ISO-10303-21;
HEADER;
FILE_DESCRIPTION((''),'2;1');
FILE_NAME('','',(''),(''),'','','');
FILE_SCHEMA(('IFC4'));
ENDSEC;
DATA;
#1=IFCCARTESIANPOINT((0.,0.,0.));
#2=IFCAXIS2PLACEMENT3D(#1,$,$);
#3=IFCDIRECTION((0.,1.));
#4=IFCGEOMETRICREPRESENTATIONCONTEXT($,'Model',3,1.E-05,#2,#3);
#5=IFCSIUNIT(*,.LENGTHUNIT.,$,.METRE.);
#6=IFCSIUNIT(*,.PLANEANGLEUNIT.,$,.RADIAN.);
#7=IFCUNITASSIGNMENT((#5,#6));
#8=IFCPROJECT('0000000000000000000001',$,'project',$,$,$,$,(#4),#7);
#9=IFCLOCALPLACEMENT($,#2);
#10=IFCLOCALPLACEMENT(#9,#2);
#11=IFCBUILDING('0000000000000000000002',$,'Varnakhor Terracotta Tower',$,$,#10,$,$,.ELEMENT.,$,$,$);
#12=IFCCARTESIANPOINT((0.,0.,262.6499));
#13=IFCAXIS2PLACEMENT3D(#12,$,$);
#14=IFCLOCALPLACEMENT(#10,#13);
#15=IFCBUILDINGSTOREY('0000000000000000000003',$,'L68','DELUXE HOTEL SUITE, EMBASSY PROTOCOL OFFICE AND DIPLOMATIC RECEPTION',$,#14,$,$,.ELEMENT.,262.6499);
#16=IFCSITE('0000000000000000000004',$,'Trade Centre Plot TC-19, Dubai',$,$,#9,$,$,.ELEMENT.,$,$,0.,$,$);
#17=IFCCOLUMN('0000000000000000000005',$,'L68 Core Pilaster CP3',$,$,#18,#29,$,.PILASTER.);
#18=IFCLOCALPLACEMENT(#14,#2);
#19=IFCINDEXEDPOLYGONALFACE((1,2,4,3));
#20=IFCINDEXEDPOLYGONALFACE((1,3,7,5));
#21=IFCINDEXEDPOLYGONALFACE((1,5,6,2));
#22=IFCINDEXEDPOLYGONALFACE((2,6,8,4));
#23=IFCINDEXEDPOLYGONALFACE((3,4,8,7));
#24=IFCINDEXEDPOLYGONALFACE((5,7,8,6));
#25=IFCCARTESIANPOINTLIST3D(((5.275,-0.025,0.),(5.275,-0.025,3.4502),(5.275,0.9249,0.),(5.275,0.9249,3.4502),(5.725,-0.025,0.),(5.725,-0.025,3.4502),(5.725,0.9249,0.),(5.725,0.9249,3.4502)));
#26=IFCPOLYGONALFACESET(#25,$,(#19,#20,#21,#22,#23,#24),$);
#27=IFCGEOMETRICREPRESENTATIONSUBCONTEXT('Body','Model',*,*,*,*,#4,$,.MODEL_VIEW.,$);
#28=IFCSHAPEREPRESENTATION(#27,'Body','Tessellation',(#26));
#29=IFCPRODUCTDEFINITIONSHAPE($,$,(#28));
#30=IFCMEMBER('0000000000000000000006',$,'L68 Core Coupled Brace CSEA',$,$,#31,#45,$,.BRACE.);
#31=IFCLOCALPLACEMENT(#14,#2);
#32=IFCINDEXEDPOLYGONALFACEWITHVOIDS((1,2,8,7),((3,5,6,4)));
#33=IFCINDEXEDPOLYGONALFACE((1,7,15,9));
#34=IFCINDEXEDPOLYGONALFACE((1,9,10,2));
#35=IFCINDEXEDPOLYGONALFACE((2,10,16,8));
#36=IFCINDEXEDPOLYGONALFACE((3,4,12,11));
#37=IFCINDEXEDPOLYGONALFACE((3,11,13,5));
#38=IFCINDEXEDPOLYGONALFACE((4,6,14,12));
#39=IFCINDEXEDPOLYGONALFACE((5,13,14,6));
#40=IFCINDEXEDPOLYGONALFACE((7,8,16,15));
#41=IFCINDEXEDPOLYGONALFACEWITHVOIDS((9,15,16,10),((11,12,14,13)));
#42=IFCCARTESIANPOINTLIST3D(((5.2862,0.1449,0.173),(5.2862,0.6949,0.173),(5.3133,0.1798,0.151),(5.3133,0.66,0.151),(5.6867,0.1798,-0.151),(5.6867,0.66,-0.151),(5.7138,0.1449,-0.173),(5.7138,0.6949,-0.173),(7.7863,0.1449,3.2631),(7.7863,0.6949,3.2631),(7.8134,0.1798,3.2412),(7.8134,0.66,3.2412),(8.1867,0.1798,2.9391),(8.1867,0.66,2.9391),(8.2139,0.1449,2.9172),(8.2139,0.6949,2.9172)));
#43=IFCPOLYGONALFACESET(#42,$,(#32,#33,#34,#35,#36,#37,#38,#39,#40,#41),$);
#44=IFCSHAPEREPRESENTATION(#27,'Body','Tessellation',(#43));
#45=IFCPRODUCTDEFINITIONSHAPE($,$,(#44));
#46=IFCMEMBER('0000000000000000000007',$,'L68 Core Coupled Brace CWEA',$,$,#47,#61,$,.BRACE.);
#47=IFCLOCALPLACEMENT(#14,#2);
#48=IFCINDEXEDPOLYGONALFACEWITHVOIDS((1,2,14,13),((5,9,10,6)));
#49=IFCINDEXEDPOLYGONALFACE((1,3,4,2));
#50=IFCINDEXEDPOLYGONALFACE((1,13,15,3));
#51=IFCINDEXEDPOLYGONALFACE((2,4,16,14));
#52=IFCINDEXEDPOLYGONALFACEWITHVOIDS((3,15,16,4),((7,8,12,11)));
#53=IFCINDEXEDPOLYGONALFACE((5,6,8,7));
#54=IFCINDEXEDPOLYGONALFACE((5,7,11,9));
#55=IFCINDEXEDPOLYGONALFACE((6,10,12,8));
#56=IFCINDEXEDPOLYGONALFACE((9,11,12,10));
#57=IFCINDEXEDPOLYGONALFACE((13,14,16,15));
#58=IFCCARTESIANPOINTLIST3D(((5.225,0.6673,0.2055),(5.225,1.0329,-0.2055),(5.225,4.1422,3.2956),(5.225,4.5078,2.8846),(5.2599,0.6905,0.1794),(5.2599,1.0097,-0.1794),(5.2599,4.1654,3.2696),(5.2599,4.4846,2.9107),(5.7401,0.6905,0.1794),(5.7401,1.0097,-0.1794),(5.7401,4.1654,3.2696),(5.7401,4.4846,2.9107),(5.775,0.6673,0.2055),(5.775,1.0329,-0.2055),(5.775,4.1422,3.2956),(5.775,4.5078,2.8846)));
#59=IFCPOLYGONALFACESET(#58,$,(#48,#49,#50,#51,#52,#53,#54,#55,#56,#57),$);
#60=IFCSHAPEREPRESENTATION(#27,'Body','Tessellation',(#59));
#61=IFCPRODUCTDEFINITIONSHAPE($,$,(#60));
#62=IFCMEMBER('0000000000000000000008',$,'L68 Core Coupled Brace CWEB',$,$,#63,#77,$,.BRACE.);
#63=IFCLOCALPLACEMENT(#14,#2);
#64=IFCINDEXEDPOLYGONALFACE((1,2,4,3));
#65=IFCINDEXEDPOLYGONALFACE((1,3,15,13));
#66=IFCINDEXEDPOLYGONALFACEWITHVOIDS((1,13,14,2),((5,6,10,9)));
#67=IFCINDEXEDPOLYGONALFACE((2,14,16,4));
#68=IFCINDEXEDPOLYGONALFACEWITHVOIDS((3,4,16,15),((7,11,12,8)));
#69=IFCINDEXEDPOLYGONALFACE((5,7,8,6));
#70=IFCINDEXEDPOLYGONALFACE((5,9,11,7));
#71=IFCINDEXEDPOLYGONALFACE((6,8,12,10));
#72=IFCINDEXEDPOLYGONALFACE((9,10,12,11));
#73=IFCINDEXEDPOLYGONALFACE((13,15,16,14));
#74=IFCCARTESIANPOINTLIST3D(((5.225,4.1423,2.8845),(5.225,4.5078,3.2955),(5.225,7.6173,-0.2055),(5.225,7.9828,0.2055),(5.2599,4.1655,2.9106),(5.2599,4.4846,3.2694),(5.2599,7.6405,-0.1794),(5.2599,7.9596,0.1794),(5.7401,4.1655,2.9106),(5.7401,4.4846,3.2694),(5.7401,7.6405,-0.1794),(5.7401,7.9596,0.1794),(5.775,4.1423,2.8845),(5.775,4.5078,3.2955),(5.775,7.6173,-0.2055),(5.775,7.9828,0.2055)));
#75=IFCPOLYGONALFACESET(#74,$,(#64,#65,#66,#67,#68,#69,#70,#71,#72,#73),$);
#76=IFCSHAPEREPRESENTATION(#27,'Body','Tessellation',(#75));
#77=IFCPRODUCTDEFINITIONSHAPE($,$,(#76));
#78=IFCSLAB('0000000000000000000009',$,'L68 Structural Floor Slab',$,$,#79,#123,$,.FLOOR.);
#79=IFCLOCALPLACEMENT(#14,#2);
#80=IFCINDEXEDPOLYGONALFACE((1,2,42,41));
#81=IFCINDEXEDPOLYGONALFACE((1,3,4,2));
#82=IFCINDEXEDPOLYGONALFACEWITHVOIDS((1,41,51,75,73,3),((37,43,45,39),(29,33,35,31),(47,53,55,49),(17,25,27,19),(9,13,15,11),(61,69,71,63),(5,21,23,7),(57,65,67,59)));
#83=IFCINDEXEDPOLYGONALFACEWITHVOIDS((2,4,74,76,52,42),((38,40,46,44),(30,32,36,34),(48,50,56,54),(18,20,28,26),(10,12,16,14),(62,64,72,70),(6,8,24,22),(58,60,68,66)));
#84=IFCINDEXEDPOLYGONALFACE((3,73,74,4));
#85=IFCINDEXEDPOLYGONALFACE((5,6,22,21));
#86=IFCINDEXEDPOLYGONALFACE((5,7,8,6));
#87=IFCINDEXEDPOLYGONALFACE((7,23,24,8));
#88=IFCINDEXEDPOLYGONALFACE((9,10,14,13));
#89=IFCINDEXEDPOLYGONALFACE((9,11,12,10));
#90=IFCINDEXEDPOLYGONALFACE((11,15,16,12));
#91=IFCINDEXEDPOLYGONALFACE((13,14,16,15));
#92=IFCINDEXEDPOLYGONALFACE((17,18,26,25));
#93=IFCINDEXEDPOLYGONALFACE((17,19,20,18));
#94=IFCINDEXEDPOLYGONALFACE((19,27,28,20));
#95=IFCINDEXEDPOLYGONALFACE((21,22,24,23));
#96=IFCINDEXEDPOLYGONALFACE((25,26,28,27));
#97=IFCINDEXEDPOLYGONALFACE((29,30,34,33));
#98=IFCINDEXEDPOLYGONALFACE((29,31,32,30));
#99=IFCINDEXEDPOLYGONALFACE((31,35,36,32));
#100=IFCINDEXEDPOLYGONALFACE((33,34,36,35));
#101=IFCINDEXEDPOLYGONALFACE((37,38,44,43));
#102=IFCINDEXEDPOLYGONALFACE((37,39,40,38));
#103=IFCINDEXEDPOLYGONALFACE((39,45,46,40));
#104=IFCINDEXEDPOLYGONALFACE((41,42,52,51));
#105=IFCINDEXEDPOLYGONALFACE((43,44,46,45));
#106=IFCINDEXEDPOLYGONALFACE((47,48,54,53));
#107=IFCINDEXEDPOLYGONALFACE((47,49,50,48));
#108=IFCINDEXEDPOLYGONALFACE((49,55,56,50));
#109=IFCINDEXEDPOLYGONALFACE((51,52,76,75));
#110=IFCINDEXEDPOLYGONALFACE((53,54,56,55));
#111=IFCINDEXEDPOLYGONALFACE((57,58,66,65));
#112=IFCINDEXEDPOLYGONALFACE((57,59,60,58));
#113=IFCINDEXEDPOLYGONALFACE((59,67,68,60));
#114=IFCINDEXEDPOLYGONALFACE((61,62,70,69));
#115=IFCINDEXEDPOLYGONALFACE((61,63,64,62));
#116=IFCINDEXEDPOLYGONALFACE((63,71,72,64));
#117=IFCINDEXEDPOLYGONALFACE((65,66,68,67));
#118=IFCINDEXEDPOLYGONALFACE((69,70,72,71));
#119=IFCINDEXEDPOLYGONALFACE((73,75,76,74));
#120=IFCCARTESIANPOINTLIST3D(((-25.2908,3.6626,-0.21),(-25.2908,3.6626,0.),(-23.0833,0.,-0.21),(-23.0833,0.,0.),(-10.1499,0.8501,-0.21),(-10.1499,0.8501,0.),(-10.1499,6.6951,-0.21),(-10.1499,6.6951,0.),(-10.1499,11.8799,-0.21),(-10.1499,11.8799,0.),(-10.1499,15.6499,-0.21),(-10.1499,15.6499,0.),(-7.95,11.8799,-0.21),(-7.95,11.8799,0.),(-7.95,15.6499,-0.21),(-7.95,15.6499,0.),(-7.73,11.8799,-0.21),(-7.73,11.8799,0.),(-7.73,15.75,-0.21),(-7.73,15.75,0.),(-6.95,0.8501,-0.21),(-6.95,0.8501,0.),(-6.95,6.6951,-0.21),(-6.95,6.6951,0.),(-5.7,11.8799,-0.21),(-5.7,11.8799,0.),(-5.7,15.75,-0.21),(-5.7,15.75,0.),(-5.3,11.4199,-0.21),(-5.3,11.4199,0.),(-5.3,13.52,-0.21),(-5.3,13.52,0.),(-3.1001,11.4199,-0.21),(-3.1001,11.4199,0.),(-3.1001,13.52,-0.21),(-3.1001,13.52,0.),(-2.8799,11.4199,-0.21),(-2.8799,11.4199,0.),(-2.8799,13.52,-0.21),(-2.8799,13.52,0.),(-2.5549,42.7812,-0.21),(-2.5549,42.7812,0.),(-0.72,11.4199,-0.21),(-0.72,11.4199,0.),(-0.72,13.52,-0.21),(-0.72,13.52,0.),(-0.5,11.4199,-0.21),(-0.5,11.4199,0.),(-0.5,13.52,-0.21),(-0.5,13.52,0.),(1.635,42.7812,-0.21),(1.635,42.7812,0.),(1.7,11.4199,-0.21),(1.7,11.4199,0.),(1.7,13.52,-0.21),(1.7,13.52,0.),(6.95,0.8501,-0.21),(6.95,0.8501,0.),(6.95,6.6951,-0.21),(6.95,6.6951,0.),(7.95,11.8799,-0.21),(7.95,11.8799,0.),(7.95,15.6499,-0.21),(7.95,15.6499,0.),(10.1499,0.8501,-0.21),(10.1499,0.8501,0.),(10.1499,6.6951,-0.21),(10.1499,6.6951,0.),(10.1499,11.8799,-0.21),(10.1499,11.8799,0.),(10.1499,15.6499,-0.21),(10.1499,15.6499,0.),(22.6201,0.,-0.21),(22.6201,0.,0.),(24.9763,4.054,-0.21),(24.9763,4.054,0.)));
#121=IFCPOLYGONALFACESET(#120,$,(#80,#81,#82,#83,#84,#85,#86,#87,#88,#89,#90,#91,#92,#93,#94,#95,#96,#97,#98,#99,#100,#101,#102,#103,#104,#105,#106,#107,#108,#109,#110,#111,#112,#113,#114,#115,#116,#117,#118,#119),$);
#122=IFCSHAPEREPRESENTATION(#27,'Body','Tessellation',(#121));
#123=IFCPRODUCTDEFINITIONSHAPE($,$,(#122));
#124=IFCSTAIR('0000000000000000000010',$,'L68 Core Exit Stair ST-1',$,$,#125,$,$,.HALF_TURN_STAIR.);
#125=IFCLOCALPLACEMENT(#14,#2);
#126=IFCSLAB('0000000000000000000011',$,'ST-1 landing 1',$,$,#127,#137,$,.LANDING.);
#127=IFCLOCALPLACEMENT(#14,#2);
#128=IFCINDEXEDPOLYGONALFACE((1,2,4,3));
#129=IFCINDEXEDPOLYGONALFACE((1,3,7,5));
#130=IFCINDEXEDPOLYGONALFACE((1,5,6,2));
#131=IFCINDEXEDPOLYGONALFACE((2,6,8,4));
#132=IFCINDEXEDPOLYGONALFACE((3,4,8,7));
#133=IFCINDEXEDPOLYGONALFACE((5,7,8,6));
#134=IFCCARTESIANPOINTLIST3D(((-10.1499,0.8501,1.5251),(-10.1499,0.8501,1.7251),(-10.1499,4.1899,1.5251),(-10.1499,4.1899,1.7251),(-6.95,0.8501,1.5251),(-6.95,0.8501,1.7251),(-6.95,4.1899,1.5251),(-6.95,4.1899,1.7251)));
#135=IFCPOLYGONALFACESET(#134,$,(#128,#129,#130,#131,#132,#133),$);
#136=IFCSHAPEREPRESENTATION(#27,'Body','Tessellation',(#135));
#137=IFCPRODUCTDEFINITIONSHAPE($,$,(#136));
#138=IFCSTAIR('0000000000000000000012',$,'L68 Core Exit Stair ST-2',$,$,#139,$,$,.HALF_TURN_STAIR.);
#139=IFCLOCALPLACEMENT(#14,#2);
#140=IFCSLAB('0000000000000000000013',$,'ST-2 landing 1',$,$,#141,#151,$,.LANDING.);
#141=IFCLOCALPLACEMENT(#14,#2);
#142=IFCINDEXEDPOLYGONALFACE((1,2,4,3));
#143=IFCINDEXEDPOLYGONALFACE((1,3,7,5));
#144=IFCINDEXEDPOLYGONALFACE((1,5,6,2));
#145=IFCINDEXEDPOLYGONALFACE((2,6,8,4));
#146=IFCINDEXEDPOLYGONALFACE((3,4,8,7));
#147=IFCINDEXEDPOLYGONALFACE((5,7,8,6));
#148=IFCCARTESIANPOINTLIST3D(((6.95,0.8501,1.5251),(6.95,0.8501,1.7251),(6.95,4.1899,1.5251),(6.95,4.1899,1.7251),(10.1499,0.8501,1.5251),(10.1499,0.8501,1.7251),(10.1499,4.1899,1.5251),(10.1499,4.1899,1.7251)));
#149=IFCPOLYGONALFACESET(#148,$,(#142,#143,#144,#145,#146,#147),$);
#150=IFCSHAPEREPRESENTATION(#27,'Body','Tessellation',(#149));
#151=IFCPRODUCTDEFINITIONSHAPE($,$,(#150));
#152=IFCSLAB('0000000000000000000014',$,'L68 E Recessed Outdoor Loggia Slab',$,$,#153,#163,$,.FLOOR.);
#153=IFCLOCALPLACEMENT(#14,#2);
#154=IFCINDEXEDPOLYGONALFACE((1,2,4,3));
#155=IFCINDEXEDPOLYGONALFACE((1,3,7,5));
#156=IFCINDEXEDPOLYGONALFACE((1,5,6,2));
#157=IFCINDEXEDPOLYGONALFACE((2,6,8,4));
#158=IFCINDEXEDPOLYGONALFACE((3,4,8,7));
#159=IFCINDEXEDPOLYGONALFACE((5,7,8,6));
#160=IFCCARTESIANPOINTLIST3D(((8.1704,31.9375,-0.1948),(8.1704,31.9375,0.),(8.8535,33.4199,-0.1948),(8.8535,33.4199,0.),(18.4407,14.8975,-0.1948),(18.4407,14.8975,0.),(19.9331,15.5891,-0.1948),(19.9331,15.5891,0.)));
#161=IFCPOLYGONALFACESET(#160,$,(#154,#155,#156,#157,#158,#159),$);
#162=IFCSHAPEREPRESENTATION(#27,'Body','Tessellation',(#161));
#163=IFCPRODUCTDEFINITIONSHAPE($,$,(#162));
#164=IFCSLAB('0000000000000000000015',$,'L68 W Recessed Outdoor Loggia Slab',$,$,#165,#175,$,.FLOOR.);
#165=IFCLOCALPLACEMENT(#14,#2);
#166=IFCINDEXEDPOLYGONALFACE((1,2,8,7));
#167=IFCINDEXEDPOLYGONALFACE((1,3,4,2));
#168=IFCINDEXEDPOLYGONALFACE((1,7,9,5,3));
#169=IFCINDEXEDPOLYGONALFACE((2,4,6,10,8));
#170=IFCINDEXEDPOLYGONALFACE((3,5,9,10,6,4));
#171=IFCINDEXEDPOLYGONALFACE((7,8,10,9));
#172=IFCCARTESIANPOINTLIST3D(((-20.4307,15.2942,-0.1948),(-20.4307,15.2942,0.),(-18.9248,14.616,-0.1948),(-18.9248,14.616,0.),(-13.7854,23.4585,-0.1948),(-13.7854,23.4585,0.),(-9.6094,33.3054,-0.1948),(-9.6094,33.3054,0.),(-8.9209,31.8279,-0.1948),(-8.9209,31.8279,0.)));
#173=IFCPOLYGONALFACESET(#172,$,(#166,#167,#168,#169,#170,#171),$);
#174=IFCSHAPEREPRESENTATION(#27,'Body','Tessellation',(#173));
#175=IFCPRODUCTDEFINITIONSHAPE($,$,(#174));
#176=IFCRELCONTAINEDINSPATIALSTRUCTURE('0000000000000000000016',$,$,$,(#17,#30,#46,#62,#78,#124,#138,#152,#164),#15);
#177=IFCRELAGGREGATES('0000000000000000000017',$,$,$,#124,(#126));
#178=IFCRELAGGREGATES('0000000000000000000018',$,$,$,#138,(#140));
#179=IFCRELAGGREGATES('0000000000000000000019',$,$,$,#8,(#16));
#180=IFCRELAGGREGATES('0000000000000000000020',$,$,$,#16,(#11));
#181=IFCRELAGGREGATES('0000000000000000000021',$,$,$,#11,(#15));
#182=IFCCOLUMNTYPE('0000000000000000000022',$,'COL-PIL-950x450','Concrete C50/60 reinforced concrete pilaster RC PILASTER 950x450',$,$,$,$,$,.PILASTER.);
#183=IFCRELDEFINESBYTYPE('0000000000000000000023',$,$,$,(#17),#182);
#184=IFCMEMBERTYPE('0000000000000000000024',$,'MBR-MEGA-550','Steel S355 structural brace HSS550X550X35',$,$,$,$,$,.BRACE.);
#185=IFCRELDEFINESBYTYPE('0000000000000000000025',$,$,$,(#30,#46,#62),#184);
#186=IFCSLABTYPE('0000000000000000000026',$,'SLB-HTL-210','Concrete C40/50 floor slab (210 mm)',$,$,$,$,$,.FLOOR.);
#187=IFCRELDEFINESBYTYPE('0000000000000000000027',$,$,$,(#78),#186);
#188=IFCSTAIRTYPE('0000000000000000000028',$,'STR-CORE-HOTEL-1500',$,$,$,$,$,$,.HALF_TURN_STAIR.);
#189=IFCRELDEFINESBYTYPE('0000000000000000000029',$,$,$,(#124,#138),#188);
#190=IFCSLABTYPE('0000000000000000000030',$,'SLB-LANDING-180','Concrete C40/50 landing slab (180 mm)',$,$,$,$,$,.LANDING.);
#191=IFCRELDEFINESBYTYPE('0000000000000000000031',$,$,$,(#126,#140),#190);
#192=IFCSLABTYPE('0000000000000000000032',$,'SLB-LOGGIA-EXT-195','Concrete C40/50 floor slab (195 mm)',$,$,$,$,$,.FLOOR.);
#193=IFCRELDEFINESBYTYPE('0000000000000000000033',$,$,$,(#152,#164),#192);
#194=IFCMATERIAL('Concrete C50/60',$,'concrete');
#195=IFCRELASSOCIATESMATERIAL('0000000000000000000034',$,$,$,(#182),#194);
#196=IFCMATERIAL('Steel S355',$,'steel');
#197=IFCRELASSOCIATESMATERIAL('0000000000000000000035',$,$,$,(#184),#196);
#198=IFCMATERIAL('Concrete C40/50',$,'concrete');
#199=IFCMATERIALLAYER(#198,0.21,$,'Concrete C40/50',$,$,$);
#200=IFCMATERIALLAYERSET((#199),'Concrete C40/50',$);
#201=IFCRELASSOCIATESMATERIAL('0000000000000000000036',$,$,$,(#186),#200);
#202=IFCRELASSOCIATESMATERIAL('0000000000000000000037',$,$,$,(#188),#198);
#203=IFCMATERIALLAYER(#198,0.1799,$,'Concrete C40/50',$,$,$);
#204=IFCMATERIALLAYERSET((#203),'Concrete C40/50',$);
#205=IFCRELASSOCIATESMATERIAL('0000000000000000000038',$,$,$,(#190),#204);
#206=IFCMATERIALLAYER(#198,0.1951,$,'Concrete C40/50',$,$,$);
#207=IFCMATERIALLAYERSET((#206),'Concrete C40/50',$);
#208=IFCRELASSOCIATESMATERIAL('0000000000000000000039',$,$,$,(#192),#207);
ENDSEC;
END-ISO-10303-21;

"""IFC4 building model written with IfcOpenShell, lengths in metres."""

from ifc_helpers import new_model, si_unit, direction, frame, origin, origin_2d, place, context, subcontext, project, spatial, polyline, rectangle, hollow_rectangle, outline, extrude, source, transform, mapped, material, layer, layer_set, material_profile, profile_set, type_object, element, aggregate, save


model = new_model("IFC4")

# Units and contexts
model_context = context("Model", 3, precision=1e-05, world=origin(), true_north=direction((0.0, 1.0)))
body_context = subcontext(model_context, "Body", "Model", "MODEL_VIEW")
ifc_project = project(units=[si_unit("LENGTHUNIT", "METRE"), si_unit("PLANEANGLEUNIT", "RADIAN")], contexts=[model_context])

# Site, building, storey
site_placement = place(None, origin())
site = spatial("IfcSite", under=ifc_project, at=site_placement, Name="Trade Centre Plot TC-19, Dubai", CompositionType="ELEMENT", RefElevation=0.0)
building_placement = place(site_placement, origin())
building = spatial("IfcBuilding", under=site, at=building_placement, Name="Varnakhor Terracotta Tower", CompositionType="ELEMENT")
storey_placement = place(building_placement, frame((0.0, 0.0, 262.6499)))
storey = spatial("IfcBuildingStorey", under=building, at=storey_placement, Name="L68", Description="DELUXE HOTEL SUITE, EMBASSY PROTOCOL OFFICE AND DIPLOMATIC RECEPTION", CompositionType="ELEMENT", Elevation=262.6499)

# Column
ifc_material_1 = material(Name="Concrete C50/60", Category="concrete")
ifc_material_profile_1 = material_profile(ifc_material_1, rectangle(XDim=0.45, YDim=0.95, at=origin_2d()), Name="RC PILASTER 950x450")
ifc_profile_set_1 = profile_set([ifc_material_profile_1], Name="Concrete C50/60")
column_type = type_object("IfcColumnType", Name="COL-PIL-950x450", Description="Concrete C50/60 reinforced concrete pilaster RC PILASTER 950x450", PredefinedType="PILASTER", material=ifc_profile_set_1)
shared_shape_1 = source(origin(), body_context, "Body", "SweptSolid", [
    extrude(rectangle(XDim=0.45, YDim=0.95, at=origin_2d()), origin(), (0.0, 0.0, 1.0), 3.4502),
])
column_placement = place(storey_placement, frame((5.5, 0.45, 0.0), z_axis=(0.0, 0.0, 1.0), x_axis=(1.0, 0.0, 0.0)))
element("IfcColumn", 1, at=column_placement, inside=storey, type_object=column_type, Name="L68 Core Pilaster CP3", PredefinedType="PILASTER", context=body_context, shape_type="MappedRepresentation", body=[
    mapped(shared_shape_1, transform((0.0, 0.0, 0.0), scale=1.0)),
])

# Members
ifc_material_2 = material(Name="Steel S355", Category="steel")
ifc_material_profile_2 = material_profile(ifc_material_2, hollow_rectangle(XDim=0.55, YDim=0.55, WallThickness=0.0349, at=origin_2d()), Name="HSS550X550X35")
ifc_profile_set_2 = profile_set([ifc_material_profile_2], Name="Steel S355")
member_type = type_object("IfcMemberType", Name="MBR-MEGA-550", Description="Steel S355 structural brace HSS550X550X35", PredefinedType="BRACE", material=ifc_profile_set_2)
shared_shape_2 = source(origin(), body_context, "Body", "SweptSolid", [
    extrude(hollow_rectangle(XDim=0.55, YDim=0.55, WallThickness=0.0349, at=origin_2d()), origin(), (0.0, 0.0, 1.0), 3.9749),
])
member_placement = place(storey_placement, frame((5.5, 0.4199, 0.0), z_axis=(0.62897, 0.0, 0.777429), x_axis=(0.0, 1.0, 0.0)))
element("IfcMember", 2, at=member_placement, inside=storey, type_object=member_type, Name="L68 Core Coupled Brace CSEA", PredefinedType="BRACE", context=body_context, shape_type="MappedRepresentation", body=[
    mapped(shared_shape_2, transform((0.0, 0.0, 0.0), scale=1.0)),
])
shared_shape_3 = source(origin(), body_context, "Body", "SweptSolid", [
    extrude(hollow_rectangle(XDim=0.55, YDim=0.55, WallThickness=0.0349, at=origin_2d()), origin(), (0.0, 0.0, 1.0), 4.6501),
])
for number, where, z_axis, x_axis, name in (
    (3, (5.5, 0.8501, 0.0), (0.0, 0.747267, 0.664524), (-1.0, 0.0, 0.0), "L68 Core Coupled Brace CWEA"),
    (4, (5.5, 7.8, 0.0), (0.0, -0.747291, 0.664497), (1.0, 0.0, 0.0), "L68 Core Coupled Brace CWEB"),
):
    element("IfcMember", number, at=place(storey_placement, frame(where, z_axis=z_axis, x_axis=x_axis)), inside=storey, type_object=member_type, Name=name, PredefinedType="BRACE", context=body_context, shape_type="MappedRepresentation", body=[
        mapped(shared_shape_3, transform((0.0, 0.0, 0.0), scale=1.0)),
    ])

# Slab
ifc_material_3 = material(Name="Concrete C40/50", Category="concrete")
ifc_layer_1 = layer(ifc_material_3, 0.21, Name="Concrete C40/50")
ifc_layer_set_1 = layer_set([ifc_layer_1], Name="Concrete C40/50")
slab_type_1 = type_object("IfcSlabType", Name="SLB-HTL-210", Description="Concrete C40/50 floor slab (210 mm)", PredefinedType="FLOOR", material=ifc_layer_set_1)
slab_1_placement = place(storey_placement, frame((0.0, 0.0, -0.21)))
element("IfcSlab", 5, at=slab_1_placement, inside=storey, type_object=slab_type_1, Name="L68 Structural Floor Slab", PredefinedType="FLOOR", context=body_context, shape_type="SweptSolid", body=[
    extrude(outline(polyline([(-25.2908, 3.6626), (-2.5549, 42.7812), (1.635, 42.7812), (24.9763, 4.054), (22.6201, 0.0), (-23.0833, 0.0), (-25.2908, 3.6626)]), holes=[polyline([(-6.95, 0.8501), (-6.95, 6.6951), (-10.1499, 6.6951), (-10.1499, 0.8501), (-6.95, 0.8501)]), polyline([(10.1499, 0.8501), (10.1499, 6.6951), (6.95, 6.6951), (6.95, 0.8501), (10.1499, 0.8501)]), polyline([(-3.1001, 11.4199), (-3.1001, 13.52), (-5.3, 13.52), (-5.3, 11.4199), (-3.1001, 11.4199)]), polyline([(-0.72, 11.4199), (-0.72, 13.52), (-2.8799, 13.52), (-2.8799, 11.4199), (-0.72, 11.4199)]), polyline([(1.7, 11.4199), (1.7, 13.52), (-0.5, 13.52), (-0.5, 11.4199), (1.7, 11.4199)]), polyline([(-7.95, 11.8799), (-7.95, 15.6499), (-10.1499, 15.6499), (-10.1499, 11.8799), (-7.95, 11.8799)]), polyline([(10.1499, 11.8799), (10.1499, 15.6499), (7.95, 15.6499), (7.95, 11.8799), (10.1499, 11.8799)]), polyline([(-5.7, 11.8799), (-5.7, 15.75), (-7.73, 15.75), (-7.73, 11.8799), (-5.7, 11.8799)])]), origin(), (0.0, 0.0, 1.0), 0.21),
])

# Stairs, slabs
stair_type = type_object("IfcStairType", Name="STR-CORE-HOTEL-1500", PredefinedType="HALF_TURN_STAIR", material=ifc_material_3)
stair_1_placement = place(storey_placement, origin())
stair_1 = element("IfcStair", 6, at=stair_1_placement, inside=storey, type_object=stair_type, Name="L68 Core Exit Stair ST-1", PredefinedType="HALF_TURN_STAIR")
ifc_layer_2 = layer(ifc_material_3, 0.1799, Name="Concrete C40/50")
ifc_layer_set_2 = layer_set([ifc_layer_2], Name="Concrete C40/50")
slab_type_2 = type_object("IfcSlabType", Name="SLB-LANDING-180", Description="Concrete C40/50 landing slab (180 mm)", PredefinedType="LANDING", material=ifc_layer_set_2)
slab_2_placement = place(storey_placement, frame((0.0, 0.0, 1.5251)))
slab_2 = element("IfcSlab", 7, at=slab_2_placement, type_object=slab_type_2, Name="ST-1 landing 1", PredefinedType="LANDING", context=body_context, shape_type="SweptSolid", body=[
    extrude(outline(polyline([(-10.1499, 4.1899), (-10.1499, 0.8501), (-6.95, 0.8501), (-6.95, 4.1899), (-10.1499, 4.1899)])), origin(), (0.0, 0.0, 1.0), 0.2),
])
aggregate(stair_1, [slab_2])
stair_2_placement = place(storey_placement, origin())
stair_2 = element("IfcStair", 8, at=stair_2_placement, inside=storey, type_object=stair_type, Name="L68 Core Exit Stair ST-2", PredefinedType="HALF_TURN_STAIR")
slab_3_placement = place(storey_placement, frame((0.0, 0.0, 1.5251)))
slab_3 = element("IfcSlab", 9, at=slab_3_placement, type_object=slab_type_2, Name="ST-2 landing 1", PredefinedType="LANDING", context=body_context, shape_type="SweptSolid", body=[
    extrude(outline(polyline([(6.95, 4.1899), (6.95, 0.8501), (10.1499, 0.8501), (10.1499, 4.1899), (6.95, 4.1899)])), origin(), (0.0, 0.0, 1.0), 0.2),
])

# Slabs
ifc_layer_3 = layer(ifc_material_3, 0.1951, Name="Concrete C40/50")
ifc_layer_set_3 = layer_set([ifc_layer_3], Name="Concrete C40/50")
slab_type_3 = type_object("IfcSlabType", Name="SLB-LOGGIA-EXT-195", Description="Concrete C40/50 floor slab (195 mm)", PredefinedType="FLOOR", material=ifc_layer_set_3)
slab_4_placement = place(storey_placement, frame((0.0, 0.0, -0.1948)))
element("IfcSlab", 10, at=slab_4_placement, inside=storey, type_object=slab_type_3, Name="L68 E Recessed Outdoor Loggia Slab", PredefinedType="FLOOR", context=body_context, shape_type="SweptSolid", body=[
    extrude(outline(polyline([(8.8535, 33.4199), (19.9331, 15.5891), (18.4407, 14.8975), (8.1704, 31.9375), (8.8535, 33.4199)])), origin(), (0.0, 0.0, 1.0), 0.1948),
])
slab_5_placement = place(storey_placement, frame((0.0, 0.0, -0.1948)))
element("IfcSlab", 11, at=slab_5_placement, inside=storey, type_object=slab_type_3, Name="L68 W Recessed Outdoor Loggia Slab", PredefinedType="FLOOR", context=body_context, shape_type="SweptSolid", body=[
    extrude(outline(polyline([(-20.4307, 15.2942), (-9.6094, 33.3054), (-8.9209, 31.8279), (-13.7854, 23.4585), (-18.9248, 14.616), (-20.4307, 15.2942)])), origin(), (0.0, 0.0, 1.0), 0.1948),
])

aggregate(stair_2, [slab_3])

save(model, "model.ifc")
